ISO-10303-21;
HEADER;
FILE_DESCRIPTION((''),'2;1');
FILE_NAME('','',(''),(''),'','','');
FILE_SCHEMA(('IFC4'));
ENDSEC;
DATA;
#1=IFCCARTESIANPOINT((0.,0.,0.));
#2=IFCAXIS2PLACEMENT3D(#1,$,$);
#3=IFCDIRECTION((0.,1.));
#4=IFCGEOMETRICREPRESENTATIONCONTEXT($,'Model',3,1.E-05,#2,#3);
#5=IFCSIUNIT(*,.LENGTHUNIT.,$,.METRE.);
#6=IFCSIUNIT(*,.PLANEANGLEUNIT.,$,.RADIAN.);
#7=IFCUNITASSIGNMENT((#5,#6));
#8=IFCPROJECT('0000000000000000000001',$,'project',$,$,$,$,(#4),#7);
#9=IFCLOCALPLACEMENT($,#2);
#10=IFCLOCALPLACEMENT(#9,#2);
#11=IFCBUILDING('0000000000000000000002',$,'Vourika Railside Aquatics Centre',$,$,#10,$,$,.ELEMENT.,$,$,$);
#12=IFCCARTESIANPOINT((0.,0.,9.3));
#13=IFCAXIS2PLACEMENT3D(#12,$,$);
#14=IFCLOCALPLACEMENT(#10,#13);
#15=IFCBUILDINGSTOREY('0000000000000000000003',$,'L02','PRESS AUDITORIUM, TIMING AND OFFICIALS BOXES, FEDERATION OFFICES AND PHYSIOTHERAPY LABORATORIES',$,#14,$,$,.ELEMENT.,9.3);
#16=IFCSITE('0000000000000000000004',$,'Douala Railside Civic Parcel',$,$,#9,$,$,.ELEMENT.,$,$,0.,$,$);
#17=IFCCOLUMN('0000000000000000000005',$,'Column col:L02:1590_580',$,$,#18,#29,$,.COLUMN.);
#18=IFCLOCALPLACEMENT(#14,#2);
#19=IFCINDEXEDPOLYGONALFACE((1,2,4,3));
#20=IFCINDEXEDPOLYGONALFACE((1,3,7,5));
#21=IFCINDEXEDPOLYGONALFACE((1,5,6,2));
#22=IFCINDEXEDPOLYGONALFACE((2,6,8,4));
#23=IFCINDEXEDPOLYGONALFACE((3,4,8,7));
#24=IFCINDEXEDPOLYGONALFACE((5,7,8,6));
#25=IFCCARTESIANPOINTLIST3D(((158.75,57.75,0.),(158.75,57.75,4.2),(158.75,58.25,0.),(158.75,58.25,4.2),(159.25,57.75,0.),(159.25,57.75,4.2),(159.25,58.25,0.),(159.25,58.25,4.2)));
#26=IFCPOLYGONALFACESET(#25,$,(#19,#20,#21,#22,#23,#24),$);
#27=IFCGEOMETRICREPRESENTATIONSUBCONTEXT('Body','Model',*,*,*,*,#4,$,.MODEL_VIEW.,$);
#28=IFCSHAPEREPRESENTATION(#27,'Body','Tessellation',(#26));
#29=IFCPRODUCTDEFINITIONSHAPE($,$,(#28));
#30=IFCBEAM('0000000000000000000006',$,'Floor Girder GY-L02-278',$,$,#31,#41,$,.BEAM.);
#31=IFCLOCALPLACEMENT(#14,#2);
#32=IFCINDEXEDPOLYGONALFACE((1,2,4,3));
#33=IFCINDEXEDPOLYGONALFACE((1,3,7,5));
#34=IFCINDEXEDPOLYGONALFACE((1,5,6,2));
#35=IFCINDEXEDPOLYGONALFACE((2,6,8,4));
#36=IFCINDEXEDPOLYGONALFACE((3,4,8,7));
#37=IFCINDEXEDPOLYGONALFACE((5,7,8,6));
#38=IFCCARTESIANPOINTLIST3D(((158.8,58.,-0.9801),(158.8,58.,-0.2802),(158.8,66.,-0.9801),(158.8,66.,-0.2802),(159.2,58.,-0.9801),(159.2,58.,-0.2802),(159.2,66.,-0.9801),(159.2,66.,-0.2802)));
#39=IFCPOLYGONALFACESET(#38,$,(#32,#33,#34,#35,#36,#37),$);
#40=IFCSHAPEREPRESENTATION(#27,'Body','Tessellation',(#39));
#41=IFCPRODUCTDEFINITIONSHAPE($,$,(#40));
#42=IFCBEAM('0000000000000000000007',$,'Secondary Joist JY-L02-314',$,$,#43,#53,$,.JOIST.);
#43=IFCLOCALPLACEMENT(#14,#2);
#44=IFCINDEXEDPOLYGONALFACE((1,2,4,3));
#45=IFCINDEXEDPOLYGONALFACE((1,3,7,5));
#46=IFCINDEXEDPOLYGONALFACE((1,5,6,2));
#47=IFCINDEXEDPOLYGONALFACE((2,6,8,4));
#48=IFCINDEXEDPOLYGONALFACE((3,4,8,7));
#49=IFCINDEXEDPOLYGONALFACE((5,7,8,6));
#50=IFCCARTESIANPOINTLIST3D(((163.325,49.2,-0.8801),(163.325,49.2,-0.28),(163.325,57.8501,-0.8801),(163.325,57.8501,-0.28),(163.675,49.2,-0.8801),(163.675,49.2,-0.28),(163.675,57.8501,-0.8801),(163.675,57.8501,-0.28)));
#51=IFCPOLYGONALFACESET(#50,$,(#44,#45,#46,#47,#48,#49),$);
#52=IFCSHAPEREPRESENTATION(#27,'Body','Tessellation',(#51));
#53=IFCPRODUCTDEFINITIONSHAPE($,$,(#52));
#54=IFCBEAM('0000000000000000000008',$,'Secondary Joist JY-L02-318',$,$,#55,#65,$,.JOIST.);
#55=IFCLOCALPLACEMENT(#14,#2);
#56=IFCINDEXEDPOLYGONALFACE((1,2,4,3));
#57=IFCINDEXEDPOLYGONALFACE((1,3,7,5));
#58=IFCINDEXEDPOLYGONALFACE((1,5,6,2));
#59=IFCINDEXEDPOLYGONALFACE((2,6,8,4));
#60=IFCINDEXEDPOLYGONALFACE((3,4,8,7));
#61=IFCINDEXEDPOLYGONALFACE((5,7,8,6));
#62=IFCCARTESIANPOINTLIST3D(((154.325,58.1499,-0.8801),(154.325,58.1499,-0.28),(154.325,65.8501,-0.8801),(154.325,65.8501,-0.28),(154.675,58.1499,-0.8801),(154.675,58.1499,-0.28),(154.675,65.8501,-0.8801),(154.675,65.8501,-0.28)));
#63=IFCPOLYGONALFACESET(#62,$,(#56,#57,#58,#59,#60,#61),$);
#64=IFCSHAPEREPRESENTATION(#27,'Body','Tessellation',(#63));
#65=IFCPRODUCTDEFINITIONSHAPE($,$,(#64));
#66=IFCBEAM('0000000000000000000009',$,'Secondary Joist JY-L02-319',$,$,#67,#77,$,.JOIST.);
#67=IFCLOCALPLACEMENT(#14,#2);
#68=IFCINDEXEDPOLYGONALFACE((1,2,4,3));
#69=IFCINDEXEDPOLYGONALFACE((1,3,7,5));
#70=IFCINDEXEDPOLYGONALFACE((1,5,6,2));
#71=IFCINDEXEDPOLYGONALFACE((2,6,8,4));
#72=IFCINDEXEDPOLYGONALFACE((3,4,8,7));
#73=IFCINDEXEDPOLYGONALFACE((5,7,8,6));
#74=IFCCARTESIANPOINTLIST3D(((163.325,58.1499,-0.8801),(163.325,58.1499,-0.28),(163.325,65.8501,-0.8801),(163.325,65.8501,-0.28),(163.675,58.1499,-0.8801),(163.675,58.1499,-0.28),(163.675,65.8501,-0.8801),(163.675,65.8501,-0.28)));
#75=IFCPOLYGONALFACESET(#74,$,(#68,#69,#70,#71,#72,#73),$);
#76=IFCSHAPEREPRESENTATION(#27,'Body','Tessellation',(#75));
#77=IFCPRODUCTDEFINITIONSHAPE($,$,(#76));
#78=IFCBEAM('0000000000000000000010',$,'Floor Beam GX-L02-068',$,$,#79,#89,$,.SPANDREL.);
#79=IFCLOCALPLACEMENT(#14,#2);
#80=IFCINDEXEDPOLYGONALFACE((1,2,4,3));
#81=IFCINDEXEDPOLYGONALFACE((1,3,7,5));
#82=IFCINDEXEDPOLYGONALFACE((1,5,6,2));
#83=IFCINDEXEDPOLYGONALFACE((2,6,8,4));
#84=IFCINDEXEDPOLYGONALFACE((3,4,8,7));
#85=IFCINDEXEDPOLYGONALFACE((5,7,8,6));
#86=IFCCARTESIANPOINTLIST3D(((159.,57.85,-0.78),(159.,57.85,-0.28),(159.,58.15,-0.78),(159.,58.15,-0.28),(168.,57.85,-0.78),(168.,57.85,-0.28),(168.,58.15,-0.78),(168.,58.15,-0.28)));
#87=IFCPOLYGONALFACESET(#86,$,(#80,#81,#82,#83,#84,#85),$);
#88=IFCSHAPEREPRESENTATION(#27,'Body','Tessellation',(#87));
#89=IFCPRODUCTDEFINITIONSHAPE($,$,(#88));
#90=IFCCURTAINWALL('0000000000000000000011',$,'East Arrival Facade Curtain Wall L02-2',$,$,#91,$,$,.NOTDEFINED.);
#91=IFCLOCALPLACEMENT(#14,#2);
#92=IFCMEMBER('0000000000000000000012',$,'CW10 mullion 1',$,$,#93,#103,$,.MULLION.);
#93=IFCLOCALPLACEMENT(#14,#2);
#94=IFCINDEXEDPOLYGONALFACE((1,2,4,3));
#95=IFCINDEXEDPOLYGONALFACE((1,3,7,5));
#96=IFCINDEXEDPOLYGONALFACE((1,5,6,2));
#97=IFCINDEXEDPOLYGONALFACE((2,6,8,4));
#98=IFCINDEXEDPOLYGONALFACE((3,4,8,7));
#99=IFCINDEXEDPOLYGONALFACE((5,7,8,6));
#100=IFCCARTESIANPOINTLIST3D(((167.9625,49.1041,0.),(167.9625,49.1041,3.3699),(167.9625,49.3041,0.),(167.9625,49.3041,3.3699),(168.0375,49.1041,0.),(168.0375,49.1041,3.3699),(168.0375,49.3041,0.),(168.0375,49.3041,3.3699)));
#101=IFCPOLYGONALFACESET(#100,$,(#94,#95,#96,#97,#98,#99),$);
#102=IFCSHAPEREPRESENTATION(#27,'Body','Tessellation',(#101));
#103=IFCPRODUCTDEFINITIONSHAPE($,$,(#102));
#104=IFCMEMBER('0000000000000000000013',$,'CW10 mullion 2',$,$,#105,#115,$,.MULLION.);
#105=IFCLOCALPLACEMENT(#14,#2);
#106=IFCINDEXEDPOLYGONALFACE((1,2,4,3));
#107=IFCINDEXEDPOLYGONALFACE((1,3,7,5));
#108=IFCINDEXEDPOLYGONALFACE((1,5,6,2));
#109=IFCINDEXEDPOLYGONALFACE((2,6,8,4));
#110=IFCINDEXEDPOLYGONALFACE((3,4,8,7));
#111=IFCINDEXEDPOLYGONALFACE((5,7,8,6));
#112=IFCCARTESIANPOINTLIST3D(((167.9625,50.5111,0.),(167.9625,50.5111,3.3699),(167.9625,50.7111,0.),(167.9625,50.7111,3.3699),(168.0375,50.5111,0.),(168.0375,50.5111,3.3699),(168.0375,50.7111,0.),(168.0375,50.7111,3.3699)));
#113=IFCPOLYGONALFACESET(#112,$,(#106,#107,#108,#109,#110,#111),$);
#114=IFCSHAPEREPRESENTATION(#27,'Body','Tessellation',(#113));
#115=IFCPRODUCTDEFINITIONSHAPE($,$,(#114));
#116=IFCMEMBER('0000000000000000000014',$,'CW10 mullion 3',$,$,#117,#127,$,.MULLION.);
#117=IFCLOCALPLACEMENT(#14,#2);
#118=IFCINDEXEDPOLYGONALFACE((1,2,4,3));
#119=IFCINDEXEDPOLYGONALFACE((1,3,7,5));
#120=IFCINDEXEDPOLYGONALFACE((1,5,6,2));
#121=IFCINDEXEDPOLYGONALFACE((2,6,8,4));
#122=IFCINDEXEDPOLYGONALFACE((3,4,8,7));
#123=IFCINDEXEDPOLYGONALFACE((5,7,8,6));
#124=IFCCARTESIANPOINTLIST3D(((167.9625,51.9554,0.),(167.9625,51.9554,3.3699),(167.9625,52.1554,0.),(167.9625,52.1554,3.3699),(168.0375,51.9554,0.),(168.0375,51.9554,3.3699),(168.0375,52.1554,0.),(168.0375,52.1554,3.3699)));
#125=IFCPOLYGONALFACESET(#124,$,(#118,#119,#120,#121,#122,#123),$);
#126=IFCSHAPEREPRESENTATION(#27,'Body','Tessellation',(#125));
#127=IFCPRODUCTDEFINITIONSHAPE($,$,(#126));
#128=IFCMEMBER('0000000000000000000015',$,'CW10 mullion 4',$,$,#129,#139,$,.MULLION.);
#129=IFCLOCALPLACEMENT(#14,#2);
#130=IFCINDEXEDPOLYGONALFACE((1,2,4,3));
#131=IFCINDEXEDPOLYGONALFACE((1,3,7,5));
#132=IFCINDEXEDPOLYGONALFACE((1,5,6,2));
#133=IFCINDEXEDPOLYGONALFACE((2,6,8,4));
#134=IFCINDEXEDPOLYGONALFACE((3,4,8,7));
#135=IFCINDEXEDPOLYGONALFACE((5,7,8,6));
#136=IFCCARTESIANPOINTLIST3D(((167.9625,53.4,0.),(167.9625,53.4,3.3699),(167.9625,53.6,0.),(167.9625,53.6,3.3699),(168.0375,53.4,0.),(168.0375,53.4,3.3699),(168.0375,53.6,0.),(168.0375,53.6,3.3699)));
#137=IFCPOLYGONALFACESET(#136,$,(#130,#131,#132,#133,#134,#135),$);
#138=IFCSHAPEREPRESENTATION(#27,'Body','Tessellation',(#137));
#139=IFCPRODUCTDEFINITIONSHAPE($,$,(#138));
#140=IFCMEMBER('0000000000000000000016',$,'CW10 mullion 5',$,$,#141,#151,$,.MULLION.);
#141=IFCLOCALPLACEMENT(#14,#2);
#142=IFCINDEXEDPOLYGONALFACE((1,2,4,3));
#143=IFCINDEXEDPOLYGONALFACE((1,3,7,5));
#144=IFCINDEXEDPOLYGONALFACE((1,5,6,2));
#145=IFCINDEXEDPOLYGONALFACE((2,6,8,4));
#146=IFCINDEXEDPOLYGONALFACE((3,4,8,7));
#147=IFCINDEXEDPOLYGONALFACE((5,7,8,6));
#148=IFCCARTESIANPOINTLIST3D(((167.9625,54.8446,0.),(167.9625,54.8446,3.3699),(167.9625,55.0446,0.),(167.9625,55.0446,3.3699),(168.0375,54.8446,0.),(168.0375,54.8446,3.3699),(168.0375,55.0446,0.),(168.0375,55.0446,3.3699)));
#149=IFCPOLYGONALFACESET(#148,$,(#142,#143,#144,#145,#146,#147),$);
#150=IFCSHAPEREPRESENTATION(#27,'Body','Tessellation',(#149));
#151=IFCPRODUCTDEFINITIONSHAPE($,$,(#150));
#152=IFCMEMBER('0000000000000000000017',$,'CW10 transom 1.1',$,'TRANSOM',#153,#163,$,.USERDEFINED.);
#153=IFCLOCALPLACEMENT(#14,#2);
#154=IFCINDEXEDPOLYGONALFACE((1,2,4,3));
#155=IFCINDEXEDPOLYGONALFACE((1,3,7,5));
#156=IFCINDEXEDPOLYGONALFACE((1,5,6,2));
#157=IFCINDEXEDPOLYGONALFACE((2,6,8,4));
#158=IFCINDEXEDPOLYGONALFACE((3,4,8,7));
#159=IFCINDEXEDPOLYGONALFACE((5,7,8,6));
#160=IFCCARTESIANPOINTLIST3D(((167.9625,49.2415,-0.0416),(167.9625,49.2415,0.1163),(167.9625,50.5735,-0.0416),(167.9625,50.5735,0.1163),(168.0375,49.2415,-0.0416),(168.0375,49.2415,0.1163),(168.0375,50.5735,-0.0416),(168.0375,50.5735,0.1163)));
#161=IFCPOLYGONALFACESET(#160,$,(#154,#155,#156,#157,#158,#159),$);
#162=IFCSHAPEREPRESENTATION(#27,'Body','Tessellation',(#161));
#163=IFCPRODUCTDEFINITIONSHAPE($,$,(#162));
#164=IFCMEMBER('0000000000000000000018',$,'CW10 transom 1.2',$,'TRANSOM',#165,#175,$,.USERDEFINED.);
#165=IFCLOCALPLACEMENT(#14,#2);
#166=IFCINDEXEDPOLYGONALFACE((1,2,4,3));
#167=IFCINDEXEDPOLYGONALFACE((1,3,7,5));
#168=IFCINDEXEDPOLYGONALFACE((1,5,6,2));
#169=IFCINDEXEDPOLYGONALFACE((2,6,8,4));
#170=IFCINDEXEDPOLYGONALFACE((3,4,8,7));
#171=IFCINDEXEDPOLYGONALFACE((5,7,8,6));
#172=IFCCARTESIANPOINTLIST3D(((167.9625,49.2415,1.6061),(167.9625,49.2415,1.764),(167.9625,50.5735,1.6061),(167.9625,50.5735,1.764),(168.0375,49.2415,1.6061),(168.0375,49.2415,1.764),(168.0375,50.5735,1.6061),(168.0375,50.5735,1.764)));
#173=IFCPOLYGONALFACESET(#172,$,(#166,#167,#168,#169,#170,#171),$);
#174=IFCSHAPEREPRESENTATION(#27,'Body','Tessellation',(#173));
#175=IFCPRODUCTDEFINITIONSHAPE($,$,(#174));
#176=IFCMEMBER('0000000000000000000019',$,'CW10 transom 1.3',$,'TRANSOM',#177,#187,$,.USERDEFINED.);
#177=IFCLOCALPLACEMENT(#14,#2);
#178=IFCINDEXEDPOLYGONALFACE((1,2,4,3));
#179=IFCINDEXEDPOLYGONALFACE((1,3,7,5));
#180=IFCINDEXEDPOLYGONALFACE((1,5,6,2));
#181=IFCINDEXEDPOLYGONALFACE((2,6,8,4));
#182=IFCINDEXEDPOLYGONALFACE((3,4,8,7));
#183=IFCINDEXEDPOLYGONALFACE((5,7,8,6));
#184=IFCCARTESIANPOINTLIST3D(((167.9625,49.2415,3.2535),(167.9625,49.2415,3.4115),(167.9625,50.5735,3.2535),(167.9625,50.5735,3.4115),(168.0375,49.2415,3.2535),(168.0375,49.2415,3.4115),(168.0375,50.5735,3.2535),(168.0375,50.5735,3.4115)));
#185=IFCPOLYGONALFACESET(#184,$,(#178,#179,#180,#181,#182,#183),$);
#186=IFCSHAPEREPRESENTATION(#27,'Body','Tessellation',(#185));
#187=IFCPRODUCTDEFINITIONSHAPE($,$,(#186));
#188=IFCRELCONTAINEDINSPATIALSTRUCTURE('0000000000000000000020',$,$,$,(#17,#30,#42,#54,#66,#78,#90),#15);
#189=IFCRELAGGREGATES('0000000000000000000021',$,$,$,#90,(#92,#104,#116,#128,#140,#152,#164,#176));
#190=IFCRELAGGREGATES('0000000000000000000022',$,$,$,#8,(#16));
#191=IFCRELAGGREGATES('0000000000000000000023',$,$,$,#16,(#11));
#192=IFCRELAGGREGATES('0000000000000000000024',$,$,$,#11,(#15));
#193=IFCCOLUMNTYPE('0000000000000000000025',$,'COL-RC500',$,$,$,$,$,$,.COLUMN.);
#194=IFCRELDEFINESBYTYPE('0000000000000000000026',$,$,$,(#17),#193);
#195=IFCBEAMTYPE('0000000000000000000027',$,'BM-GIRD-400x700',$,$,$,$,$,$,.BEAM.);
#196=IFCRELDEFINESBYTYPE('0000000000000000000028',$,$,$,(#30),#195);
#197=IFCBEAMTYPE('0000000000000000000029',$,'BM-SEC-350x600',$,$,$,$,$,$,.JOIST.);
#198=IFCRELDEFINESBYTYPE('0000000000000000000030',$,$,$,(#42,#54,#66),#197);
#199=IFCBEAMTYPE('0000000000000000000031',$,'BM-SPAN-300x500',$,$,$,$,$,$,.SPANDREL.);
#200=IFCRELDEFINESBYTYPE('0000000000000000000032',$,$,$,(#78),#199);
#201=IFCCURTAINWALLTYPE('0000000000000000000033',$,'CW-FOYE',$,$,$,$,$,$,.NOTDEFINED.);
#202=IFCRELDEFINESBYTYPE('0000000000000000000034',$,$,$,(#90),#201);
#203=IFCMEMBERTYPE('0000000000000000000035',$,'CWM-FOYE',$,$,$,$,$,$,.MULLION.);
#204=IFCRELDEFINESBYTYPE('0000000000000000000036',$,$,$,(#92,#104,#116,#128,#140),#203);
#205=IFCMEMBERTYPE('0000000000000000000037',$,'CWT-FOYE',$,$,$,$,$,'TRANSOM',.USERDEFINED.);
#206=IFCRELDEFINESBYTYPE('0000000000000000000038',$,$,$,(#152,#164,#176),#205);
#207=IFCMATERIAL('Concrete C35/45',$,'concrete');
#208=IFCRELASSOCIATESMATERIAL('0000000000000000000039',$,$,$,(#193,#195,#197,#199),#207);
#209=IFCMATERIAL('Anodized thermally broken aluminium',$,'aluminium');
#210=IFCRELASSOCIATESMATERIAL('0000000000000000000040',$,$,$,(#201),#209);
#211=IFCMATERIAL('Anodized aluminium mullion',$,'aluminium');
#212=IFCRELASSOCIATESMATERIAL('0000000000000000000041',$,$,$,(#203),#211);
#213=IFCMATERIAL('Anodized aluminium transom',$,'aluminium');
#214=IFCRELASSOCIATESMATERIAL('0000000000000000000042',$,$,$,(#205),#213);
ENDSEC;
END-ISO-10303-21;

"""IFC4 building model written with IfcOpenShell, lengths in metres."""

from ifc_helpers import new_model, si_unit, direction, frame, origin, origin_2d, place, context, subcontext, project, spatial, rectangle, extrude, material, material_profile, profile_set, type_object, element, aggregate, save


model = new_model("IFC4")

# Units and contexts
model_context = context("Model", 3, precision=1e-05, world=origin(), true_north=direction((0.0, 1.0)))
body_context = subcontext(model_context, "Body", "Model", "MODEL_VIEW")
ifc_project = project(units=[si_unit("LENGTHUNIT", "METRE"), si_unit("PLANEANGLEUNIT", "RADIAN")], contexts=[model_context])

# Site, building, storey
site_placement = place(None, origin())
site = spatial("IfcSite", under=ifc_project, at=site_placement, Name="Douala Railside Civic Parcel", CompositionType="ELEMENT", RefElevation=0.0)
building_placement = place(site_placement, origin())
building = spatial("IfcBuilding", under=site, at=building_placement, Name="Vourika Railside Aquatics Centre", CompositionType="ELEMENT")
storey_placement = place(building_placement, frame((0.0, 0.0, 9.3)))
storey = spatial("IfcBuildingStorey", under=building, at=storey_placement, Name="L02", Description="PRESS AUDITORIUM, TIMING AND OFFICIALS BOXES, FEDERATION OFFICES AND PHYSIOTHERAPY LABORATORIES", CompositionType="ELEMENT", Elevation=9.3)

# Column
ifc_material_1 = material(Name="Concrete C35/45", Category="concrete")
ifc_material_profile_1 = material_profile(ifc_material_1, rectangle(XDim=0.5, YDim=0.5, at=origin_2d()), Name="RC 500x500")
ifc_profile_set_1 = profile_set([ifc_material_profile_1], Name="Concrete C35/45")
column_type = type_object("IfcColumnType", Name="COL-RC500", PredefinedType="COLUMN", material=ifc_profile_set_1)
column_placement = place(storey_placement, frame((159.0, 58.0, 0.0), z_axis=(0.0, 0.0, 1.0), x_axis=(1.0, 0.0, 0.0)))
element("IfcColumn", 1, at=column_placement, inside=storey, type_object=column_type, Name="Column col:L02:1590_580", PredefinedType="COLUMN", context=body_context, shape_type="SweptSolid", body=[
    extrude(rectangle(XDim=0.5, YDim=0.5, at=origin_2d()), origin(), (0.0, 0.0, 1.0), 4.2),
])

# Beams
ifc_material_profile_2 = material_profile(ifc_material_1, rectangle(XDim=0.3999, YDim=0.7, at=origin_2d()), Name="RC 400x700")
ifc_profile_set_2 = profile_set([ifc_material_profile_2], Name="Concrete C35/45")
beam_type_1 = type_object("IfcBeamType", Name="BM-GIRD-400x700", PredefinedType="BEAM", material=ifc_profile_set_2)
beam_1_placement = place(storey_placement, frame((159.0, 58.0, -0.6301), z_axis=(0.0, 1.0, 0.0), x_axis=(-1.0, 0.0, 0.0)))
element("IfcBeam", 2, at=beam_1_placement, inside=storey, type_object=beam_type_1, Name="Floor Girder GY-L02-278", PredefinedType="BEAM", context=body_context, shape_type="SweptSolid", body=[
    extrude(rectangle(XDim=0.3999, YDim=0.7, at=origin_2d()), origin(), (0.0, 0.0, 1.0), 8.0),
])
ifc_material_profile_3 = material_profile(ifc_material_1, rectangle(XDim=0.3501, YDim=0.6001, at=origin_2d()), Name="RC 350x600")
ifc_profile_set_3 = profile_set([ifc_material_profile_3], Name="Concrete C35/45")
beam_type_2 = type_object("IfcBeamType", Name="BM-SEC-350x600", PredefinedType="JOIST", material=ifc_profile_set_3)
beam_2_placement = place(storey_placement, frame((163.5, 49.2, -0.5801), z_axis=(0.0, 1.0, 0.0), x_axis=(-1.0, 0.0, 0.0)))
element("IfcBeam", 3, at=beam_2_placement, inside=storey, type_object=beam_type_2, Name="Secondary Joist JY-L02-314", PredefinedType="JOIST", context=body_context, shape_type="SweptSolid", body=[
    extrude(rectangle(XDim=0.3501, YDim=0.6001, at=origin_2d()), origin(), (0.0, 0.0, 1.0), 8.6501),
])
for number, where, z_axis, x_axis, name in (
    (4, (154.5, 58.1499, -0.5801), (0.0, 1.0, 0.0), (-1.0, 0.0, 0.0), "Secondary Joist JY-L02-318"),
    (5, (163.5, 58.1499, -0.5801), (0.0, 1.0, 0.0), (-1.0, 0.0, 0.0), "Secondary Joist JY-L02-319"),
):
    element("IfcBeam", number, at=place(storey_placement, frame(where, z_axis=z_axis, x_axis=x_axis)), inside=storey, type_object=beam_type_2, Name=name, PredefinedType="JOIST", context=body_context, shape_type="SweptSolid", body=[
        extrude(rectangle(XDim=0.3501, YDim=0.6001, at=origin_2d()), origin(), (0.0, 0.0, 1.0), 7.7002),
    ])
ifc_material_profile_4 = material_profile(ifc_material_1, rectangle(XDim=0.3, YDim=0.5, at=origin_2d()), Name="RC 300x500")
ifc_profile_set_4 = profile_set([ifc_material_profile_4], Name="Concrete C35/45")
beam_type_3 = type_object("IfcBeamType", Name="BM-SPAN-300x500", PredefinedType="SPANDREL", material=ifc_profile_set_4)
beam_3_placement = place(storey_placement, frame((159.0, 58.0, -0.53), z_axis=(1.0, 0.0, 0.0), x_axis=(0.0, 1.0, 0.0)))
element("IfcBeam", 6, at=beam_3_placement, inside=storey, type_object=beam_type_3, Name="Floor Beam GX-L02-068", PredefinedType="SPANDREL", context=body_context, shape_type="SweptSolid", body=[
    extrude(rectangle(XDim=0.3, YDim=0.5, at=origin_2d()), origin(), (0.0, 0.0, 1.0), 9.0),
])

# Curtain wall, members
ifc_material_2 = material(Name="Anodized thermally broken aluminium", Category="aluminium")
curtain_wall_type = type_object("IfcCurtainWallType", Name="CW-FOYE", PredefinedType="NOTDEFINED", material=ifc_material_2)
curtain_wall_placement = place(storey_placement, origin())
curtain_wall = element("IfcCurtainWall", 7, at=curtain_wall_placement, inside=storey, type_object=curtain_wall_type, Name="East Arrival Facade Curtain Wall L02-2", PredefinedType="NOTDEFINED")
ifc_material_3 = material(Name="Anodized aluminium mullion", Category="aluminium")
ifc_material_profile_5 = material_profile(ifc_material_3, rectangle(XDim=0.075, YDim=0.2, at=origin_2d()), Name="ALU-M 75x200")
ifc_profile_set_5 = profile_set([ifc_material_profile_5], Name="Anodized aluminium mullion")
member_type_1 = type_object("IfcMemberType", Name="CWM-FOYE", PredefinedType="MULLION", material=ifc_profile_set_5)
member_1_placement = place(storey_placement, frame((168.0, 49.2041, 0.0), z_axis=(0.0, 0.0, 1.0), x_axis=(-1.0, 0.0, 0.0)))
member_1 = element("IfcMember", 8, at=member_1_placement, type_object=member_type_1, Name="CW10 mullion 1", PredefinedType="MULLION", context=body_context, shape_type="SweptSolid", body=[
    extrude(rectangle(XDim=0.075, YDim=0.2, at=origin_2d()), origin(), (0.0, 0.0, 1.0), 3.3699),
])
member_2_placement = place(storey_placement, frame((168.0, 50.6111, 0.0), z_axis=(0.0, 0.0, 1.0), x_axis=(-1.0, 0.0, 0.0)))
member_2 = element("IfcMember", 9, at=member_2_placement, type_object=member_type_1, Name="CW10 mullion 2", PredefinedType="MULLION", context=body_context, shape_type="SweptSolid", body=[
    extrude(rectangle(XDim=0.075, YDim=0.2, at=origin_2d()), origin(), (0.0, 0.0, 1.0), 3.3699),
])
member_3_placement = place(storey_placement, frame((168.0, 52.0554, 0.0), z_axis=(0.0, 0.0, 1.0), x_axis=(-1.0, 0.0, 0.0)))
member_3 = element("IfcMember", 10, at=member_3_placement, type_object=member_type_1, Name="CW10 mullion 3", PredefinedType="MULLION", context=body_context, shape_type="SweptSolid", body=[
    extrude(rectangle(XDim=0.075, YDim=0.2, at=origin_2d()), origin(), (0.0, 0.0, 1.0), 3.3699),
])
member_4_placement = place(storey_placement, frame((168.0, 53.5, 0.0), z_axis=(0.0, 0.0, 1.0), x_axis=(-1.0, 0.0, 0.0)))
member_4 = element("IfcMember", 11, at=member_4_placement, type_object=member_type_1, Name="CW10 mullion 4", PredefinedType="MULLION", context=body_context, shape_type="SweptSolid", body=[
    extrude(rectangle(XDim=0.075, YDim=0.2, at=origin_2d()), origin(), (0.0, 0.0, 1.0), 3.3699),
])
member_5_placement = place(storey_placement, frame((168.0, 54.9446, 0.0), z_axis=(0.0, 0.0, 1.0), x_axis=(-1.0, 0.0, 0.0)))
member_5 = element("IfcMember", 12, at=member_5_placement, type_object=member_type_1, Name="CW10 mullion 5", PredefinedType="MULLION", context=body_context, shape_type="SweptSolid", body=[
    extrude(rectangle(XDim=0.075, YDim=0.2, at=origin_2d()), origin(), (0.0, 0.0, 1.0), 3.3699),
])
ifc_material_4 = material(Name="Anodized aluminium transom", Category="aluminium")
ifc_material_profile_6 = material_profile(ifc_material_4, rectangle(XDim=0.075, YDim=0.158, at=origin_2d()), Name="ALU-T 75x158")
ifc_profile_set_6 = profile_set([ifc_material_profile_6], Name="Anodized aluminium transom")
member_type_2 = type_object("IfcMemberType", Name="CWT-FOYE", ElementType="TRANSOM", PredefinedType="USERDEFINED", material=ifc_profile_set_6)
member_6_placement = place(storey_placement, frame((168.0, 49.2415, 0.0374), z_axis=(0.0, 1.0, 0.0), x_axis=(-1.0, 0.0, 0.0)))
member_6 = element("IfcMember", 13, at=member_6_placement, type_object=member_type_2, Name="CW10 transom 1.1", ObjectType="TRANSOM", PredefinedType="USERDEFINED", context=body_context, shape_type="SweptSolid", body=[
    extrude(rectangle(XDim=0.075, YDim=0.158, at=origin_2d()), origin(), (0.0, 0.0, 1.0), 1.332),
])
member_7_placement = place(storey_placement, frame((168.0, 49.2415, 1.6851), z_axis=(0.0, 1.0, 0.0), x_axis=(-1.0, 0.0, 0.0)))
member_7 = element("IfcMember", 14, at=member_7_placement, type_object=member_type_2, Name="CW10 transom 1.2", ObjectType="TRANSOM", PredefinedType="USERDEFINED", context=body_context, shape_type="SweptSolid", body=[
    extrude(rectangle(XDim=0.075, YDim=0.158, at=origin_2d()), origin(), (0.0, 0.0, 1.0), 1.332),
])
member_8_placement = place(storey_placement, frame((168.0, 49.2415, 3.3325), z_axis=(0.0, 1.0, 0.0), x_axis=(-1.0, 0.0, 0.0)))
member_8 = element("IfcMember", 15, at=member_8_placement, type_object=member_type_2, Name="CW10 transom 1.3", ObjectType="TRANSOM", PredefinedType="USERDEFINED", context=body_context, shape_type="SweptSolid", body=[
    extrude(rectangle(XDim=0.075, YDim=0.158, at=origin_2d()), origin(), (0.0, 0.0, 1.0), 1.332),
])
aggregate(curtain_wall, [member_1, member_2, member_3, member_4, member_5, member_6, member_7, member_8])

save(model, "model.ifc")
